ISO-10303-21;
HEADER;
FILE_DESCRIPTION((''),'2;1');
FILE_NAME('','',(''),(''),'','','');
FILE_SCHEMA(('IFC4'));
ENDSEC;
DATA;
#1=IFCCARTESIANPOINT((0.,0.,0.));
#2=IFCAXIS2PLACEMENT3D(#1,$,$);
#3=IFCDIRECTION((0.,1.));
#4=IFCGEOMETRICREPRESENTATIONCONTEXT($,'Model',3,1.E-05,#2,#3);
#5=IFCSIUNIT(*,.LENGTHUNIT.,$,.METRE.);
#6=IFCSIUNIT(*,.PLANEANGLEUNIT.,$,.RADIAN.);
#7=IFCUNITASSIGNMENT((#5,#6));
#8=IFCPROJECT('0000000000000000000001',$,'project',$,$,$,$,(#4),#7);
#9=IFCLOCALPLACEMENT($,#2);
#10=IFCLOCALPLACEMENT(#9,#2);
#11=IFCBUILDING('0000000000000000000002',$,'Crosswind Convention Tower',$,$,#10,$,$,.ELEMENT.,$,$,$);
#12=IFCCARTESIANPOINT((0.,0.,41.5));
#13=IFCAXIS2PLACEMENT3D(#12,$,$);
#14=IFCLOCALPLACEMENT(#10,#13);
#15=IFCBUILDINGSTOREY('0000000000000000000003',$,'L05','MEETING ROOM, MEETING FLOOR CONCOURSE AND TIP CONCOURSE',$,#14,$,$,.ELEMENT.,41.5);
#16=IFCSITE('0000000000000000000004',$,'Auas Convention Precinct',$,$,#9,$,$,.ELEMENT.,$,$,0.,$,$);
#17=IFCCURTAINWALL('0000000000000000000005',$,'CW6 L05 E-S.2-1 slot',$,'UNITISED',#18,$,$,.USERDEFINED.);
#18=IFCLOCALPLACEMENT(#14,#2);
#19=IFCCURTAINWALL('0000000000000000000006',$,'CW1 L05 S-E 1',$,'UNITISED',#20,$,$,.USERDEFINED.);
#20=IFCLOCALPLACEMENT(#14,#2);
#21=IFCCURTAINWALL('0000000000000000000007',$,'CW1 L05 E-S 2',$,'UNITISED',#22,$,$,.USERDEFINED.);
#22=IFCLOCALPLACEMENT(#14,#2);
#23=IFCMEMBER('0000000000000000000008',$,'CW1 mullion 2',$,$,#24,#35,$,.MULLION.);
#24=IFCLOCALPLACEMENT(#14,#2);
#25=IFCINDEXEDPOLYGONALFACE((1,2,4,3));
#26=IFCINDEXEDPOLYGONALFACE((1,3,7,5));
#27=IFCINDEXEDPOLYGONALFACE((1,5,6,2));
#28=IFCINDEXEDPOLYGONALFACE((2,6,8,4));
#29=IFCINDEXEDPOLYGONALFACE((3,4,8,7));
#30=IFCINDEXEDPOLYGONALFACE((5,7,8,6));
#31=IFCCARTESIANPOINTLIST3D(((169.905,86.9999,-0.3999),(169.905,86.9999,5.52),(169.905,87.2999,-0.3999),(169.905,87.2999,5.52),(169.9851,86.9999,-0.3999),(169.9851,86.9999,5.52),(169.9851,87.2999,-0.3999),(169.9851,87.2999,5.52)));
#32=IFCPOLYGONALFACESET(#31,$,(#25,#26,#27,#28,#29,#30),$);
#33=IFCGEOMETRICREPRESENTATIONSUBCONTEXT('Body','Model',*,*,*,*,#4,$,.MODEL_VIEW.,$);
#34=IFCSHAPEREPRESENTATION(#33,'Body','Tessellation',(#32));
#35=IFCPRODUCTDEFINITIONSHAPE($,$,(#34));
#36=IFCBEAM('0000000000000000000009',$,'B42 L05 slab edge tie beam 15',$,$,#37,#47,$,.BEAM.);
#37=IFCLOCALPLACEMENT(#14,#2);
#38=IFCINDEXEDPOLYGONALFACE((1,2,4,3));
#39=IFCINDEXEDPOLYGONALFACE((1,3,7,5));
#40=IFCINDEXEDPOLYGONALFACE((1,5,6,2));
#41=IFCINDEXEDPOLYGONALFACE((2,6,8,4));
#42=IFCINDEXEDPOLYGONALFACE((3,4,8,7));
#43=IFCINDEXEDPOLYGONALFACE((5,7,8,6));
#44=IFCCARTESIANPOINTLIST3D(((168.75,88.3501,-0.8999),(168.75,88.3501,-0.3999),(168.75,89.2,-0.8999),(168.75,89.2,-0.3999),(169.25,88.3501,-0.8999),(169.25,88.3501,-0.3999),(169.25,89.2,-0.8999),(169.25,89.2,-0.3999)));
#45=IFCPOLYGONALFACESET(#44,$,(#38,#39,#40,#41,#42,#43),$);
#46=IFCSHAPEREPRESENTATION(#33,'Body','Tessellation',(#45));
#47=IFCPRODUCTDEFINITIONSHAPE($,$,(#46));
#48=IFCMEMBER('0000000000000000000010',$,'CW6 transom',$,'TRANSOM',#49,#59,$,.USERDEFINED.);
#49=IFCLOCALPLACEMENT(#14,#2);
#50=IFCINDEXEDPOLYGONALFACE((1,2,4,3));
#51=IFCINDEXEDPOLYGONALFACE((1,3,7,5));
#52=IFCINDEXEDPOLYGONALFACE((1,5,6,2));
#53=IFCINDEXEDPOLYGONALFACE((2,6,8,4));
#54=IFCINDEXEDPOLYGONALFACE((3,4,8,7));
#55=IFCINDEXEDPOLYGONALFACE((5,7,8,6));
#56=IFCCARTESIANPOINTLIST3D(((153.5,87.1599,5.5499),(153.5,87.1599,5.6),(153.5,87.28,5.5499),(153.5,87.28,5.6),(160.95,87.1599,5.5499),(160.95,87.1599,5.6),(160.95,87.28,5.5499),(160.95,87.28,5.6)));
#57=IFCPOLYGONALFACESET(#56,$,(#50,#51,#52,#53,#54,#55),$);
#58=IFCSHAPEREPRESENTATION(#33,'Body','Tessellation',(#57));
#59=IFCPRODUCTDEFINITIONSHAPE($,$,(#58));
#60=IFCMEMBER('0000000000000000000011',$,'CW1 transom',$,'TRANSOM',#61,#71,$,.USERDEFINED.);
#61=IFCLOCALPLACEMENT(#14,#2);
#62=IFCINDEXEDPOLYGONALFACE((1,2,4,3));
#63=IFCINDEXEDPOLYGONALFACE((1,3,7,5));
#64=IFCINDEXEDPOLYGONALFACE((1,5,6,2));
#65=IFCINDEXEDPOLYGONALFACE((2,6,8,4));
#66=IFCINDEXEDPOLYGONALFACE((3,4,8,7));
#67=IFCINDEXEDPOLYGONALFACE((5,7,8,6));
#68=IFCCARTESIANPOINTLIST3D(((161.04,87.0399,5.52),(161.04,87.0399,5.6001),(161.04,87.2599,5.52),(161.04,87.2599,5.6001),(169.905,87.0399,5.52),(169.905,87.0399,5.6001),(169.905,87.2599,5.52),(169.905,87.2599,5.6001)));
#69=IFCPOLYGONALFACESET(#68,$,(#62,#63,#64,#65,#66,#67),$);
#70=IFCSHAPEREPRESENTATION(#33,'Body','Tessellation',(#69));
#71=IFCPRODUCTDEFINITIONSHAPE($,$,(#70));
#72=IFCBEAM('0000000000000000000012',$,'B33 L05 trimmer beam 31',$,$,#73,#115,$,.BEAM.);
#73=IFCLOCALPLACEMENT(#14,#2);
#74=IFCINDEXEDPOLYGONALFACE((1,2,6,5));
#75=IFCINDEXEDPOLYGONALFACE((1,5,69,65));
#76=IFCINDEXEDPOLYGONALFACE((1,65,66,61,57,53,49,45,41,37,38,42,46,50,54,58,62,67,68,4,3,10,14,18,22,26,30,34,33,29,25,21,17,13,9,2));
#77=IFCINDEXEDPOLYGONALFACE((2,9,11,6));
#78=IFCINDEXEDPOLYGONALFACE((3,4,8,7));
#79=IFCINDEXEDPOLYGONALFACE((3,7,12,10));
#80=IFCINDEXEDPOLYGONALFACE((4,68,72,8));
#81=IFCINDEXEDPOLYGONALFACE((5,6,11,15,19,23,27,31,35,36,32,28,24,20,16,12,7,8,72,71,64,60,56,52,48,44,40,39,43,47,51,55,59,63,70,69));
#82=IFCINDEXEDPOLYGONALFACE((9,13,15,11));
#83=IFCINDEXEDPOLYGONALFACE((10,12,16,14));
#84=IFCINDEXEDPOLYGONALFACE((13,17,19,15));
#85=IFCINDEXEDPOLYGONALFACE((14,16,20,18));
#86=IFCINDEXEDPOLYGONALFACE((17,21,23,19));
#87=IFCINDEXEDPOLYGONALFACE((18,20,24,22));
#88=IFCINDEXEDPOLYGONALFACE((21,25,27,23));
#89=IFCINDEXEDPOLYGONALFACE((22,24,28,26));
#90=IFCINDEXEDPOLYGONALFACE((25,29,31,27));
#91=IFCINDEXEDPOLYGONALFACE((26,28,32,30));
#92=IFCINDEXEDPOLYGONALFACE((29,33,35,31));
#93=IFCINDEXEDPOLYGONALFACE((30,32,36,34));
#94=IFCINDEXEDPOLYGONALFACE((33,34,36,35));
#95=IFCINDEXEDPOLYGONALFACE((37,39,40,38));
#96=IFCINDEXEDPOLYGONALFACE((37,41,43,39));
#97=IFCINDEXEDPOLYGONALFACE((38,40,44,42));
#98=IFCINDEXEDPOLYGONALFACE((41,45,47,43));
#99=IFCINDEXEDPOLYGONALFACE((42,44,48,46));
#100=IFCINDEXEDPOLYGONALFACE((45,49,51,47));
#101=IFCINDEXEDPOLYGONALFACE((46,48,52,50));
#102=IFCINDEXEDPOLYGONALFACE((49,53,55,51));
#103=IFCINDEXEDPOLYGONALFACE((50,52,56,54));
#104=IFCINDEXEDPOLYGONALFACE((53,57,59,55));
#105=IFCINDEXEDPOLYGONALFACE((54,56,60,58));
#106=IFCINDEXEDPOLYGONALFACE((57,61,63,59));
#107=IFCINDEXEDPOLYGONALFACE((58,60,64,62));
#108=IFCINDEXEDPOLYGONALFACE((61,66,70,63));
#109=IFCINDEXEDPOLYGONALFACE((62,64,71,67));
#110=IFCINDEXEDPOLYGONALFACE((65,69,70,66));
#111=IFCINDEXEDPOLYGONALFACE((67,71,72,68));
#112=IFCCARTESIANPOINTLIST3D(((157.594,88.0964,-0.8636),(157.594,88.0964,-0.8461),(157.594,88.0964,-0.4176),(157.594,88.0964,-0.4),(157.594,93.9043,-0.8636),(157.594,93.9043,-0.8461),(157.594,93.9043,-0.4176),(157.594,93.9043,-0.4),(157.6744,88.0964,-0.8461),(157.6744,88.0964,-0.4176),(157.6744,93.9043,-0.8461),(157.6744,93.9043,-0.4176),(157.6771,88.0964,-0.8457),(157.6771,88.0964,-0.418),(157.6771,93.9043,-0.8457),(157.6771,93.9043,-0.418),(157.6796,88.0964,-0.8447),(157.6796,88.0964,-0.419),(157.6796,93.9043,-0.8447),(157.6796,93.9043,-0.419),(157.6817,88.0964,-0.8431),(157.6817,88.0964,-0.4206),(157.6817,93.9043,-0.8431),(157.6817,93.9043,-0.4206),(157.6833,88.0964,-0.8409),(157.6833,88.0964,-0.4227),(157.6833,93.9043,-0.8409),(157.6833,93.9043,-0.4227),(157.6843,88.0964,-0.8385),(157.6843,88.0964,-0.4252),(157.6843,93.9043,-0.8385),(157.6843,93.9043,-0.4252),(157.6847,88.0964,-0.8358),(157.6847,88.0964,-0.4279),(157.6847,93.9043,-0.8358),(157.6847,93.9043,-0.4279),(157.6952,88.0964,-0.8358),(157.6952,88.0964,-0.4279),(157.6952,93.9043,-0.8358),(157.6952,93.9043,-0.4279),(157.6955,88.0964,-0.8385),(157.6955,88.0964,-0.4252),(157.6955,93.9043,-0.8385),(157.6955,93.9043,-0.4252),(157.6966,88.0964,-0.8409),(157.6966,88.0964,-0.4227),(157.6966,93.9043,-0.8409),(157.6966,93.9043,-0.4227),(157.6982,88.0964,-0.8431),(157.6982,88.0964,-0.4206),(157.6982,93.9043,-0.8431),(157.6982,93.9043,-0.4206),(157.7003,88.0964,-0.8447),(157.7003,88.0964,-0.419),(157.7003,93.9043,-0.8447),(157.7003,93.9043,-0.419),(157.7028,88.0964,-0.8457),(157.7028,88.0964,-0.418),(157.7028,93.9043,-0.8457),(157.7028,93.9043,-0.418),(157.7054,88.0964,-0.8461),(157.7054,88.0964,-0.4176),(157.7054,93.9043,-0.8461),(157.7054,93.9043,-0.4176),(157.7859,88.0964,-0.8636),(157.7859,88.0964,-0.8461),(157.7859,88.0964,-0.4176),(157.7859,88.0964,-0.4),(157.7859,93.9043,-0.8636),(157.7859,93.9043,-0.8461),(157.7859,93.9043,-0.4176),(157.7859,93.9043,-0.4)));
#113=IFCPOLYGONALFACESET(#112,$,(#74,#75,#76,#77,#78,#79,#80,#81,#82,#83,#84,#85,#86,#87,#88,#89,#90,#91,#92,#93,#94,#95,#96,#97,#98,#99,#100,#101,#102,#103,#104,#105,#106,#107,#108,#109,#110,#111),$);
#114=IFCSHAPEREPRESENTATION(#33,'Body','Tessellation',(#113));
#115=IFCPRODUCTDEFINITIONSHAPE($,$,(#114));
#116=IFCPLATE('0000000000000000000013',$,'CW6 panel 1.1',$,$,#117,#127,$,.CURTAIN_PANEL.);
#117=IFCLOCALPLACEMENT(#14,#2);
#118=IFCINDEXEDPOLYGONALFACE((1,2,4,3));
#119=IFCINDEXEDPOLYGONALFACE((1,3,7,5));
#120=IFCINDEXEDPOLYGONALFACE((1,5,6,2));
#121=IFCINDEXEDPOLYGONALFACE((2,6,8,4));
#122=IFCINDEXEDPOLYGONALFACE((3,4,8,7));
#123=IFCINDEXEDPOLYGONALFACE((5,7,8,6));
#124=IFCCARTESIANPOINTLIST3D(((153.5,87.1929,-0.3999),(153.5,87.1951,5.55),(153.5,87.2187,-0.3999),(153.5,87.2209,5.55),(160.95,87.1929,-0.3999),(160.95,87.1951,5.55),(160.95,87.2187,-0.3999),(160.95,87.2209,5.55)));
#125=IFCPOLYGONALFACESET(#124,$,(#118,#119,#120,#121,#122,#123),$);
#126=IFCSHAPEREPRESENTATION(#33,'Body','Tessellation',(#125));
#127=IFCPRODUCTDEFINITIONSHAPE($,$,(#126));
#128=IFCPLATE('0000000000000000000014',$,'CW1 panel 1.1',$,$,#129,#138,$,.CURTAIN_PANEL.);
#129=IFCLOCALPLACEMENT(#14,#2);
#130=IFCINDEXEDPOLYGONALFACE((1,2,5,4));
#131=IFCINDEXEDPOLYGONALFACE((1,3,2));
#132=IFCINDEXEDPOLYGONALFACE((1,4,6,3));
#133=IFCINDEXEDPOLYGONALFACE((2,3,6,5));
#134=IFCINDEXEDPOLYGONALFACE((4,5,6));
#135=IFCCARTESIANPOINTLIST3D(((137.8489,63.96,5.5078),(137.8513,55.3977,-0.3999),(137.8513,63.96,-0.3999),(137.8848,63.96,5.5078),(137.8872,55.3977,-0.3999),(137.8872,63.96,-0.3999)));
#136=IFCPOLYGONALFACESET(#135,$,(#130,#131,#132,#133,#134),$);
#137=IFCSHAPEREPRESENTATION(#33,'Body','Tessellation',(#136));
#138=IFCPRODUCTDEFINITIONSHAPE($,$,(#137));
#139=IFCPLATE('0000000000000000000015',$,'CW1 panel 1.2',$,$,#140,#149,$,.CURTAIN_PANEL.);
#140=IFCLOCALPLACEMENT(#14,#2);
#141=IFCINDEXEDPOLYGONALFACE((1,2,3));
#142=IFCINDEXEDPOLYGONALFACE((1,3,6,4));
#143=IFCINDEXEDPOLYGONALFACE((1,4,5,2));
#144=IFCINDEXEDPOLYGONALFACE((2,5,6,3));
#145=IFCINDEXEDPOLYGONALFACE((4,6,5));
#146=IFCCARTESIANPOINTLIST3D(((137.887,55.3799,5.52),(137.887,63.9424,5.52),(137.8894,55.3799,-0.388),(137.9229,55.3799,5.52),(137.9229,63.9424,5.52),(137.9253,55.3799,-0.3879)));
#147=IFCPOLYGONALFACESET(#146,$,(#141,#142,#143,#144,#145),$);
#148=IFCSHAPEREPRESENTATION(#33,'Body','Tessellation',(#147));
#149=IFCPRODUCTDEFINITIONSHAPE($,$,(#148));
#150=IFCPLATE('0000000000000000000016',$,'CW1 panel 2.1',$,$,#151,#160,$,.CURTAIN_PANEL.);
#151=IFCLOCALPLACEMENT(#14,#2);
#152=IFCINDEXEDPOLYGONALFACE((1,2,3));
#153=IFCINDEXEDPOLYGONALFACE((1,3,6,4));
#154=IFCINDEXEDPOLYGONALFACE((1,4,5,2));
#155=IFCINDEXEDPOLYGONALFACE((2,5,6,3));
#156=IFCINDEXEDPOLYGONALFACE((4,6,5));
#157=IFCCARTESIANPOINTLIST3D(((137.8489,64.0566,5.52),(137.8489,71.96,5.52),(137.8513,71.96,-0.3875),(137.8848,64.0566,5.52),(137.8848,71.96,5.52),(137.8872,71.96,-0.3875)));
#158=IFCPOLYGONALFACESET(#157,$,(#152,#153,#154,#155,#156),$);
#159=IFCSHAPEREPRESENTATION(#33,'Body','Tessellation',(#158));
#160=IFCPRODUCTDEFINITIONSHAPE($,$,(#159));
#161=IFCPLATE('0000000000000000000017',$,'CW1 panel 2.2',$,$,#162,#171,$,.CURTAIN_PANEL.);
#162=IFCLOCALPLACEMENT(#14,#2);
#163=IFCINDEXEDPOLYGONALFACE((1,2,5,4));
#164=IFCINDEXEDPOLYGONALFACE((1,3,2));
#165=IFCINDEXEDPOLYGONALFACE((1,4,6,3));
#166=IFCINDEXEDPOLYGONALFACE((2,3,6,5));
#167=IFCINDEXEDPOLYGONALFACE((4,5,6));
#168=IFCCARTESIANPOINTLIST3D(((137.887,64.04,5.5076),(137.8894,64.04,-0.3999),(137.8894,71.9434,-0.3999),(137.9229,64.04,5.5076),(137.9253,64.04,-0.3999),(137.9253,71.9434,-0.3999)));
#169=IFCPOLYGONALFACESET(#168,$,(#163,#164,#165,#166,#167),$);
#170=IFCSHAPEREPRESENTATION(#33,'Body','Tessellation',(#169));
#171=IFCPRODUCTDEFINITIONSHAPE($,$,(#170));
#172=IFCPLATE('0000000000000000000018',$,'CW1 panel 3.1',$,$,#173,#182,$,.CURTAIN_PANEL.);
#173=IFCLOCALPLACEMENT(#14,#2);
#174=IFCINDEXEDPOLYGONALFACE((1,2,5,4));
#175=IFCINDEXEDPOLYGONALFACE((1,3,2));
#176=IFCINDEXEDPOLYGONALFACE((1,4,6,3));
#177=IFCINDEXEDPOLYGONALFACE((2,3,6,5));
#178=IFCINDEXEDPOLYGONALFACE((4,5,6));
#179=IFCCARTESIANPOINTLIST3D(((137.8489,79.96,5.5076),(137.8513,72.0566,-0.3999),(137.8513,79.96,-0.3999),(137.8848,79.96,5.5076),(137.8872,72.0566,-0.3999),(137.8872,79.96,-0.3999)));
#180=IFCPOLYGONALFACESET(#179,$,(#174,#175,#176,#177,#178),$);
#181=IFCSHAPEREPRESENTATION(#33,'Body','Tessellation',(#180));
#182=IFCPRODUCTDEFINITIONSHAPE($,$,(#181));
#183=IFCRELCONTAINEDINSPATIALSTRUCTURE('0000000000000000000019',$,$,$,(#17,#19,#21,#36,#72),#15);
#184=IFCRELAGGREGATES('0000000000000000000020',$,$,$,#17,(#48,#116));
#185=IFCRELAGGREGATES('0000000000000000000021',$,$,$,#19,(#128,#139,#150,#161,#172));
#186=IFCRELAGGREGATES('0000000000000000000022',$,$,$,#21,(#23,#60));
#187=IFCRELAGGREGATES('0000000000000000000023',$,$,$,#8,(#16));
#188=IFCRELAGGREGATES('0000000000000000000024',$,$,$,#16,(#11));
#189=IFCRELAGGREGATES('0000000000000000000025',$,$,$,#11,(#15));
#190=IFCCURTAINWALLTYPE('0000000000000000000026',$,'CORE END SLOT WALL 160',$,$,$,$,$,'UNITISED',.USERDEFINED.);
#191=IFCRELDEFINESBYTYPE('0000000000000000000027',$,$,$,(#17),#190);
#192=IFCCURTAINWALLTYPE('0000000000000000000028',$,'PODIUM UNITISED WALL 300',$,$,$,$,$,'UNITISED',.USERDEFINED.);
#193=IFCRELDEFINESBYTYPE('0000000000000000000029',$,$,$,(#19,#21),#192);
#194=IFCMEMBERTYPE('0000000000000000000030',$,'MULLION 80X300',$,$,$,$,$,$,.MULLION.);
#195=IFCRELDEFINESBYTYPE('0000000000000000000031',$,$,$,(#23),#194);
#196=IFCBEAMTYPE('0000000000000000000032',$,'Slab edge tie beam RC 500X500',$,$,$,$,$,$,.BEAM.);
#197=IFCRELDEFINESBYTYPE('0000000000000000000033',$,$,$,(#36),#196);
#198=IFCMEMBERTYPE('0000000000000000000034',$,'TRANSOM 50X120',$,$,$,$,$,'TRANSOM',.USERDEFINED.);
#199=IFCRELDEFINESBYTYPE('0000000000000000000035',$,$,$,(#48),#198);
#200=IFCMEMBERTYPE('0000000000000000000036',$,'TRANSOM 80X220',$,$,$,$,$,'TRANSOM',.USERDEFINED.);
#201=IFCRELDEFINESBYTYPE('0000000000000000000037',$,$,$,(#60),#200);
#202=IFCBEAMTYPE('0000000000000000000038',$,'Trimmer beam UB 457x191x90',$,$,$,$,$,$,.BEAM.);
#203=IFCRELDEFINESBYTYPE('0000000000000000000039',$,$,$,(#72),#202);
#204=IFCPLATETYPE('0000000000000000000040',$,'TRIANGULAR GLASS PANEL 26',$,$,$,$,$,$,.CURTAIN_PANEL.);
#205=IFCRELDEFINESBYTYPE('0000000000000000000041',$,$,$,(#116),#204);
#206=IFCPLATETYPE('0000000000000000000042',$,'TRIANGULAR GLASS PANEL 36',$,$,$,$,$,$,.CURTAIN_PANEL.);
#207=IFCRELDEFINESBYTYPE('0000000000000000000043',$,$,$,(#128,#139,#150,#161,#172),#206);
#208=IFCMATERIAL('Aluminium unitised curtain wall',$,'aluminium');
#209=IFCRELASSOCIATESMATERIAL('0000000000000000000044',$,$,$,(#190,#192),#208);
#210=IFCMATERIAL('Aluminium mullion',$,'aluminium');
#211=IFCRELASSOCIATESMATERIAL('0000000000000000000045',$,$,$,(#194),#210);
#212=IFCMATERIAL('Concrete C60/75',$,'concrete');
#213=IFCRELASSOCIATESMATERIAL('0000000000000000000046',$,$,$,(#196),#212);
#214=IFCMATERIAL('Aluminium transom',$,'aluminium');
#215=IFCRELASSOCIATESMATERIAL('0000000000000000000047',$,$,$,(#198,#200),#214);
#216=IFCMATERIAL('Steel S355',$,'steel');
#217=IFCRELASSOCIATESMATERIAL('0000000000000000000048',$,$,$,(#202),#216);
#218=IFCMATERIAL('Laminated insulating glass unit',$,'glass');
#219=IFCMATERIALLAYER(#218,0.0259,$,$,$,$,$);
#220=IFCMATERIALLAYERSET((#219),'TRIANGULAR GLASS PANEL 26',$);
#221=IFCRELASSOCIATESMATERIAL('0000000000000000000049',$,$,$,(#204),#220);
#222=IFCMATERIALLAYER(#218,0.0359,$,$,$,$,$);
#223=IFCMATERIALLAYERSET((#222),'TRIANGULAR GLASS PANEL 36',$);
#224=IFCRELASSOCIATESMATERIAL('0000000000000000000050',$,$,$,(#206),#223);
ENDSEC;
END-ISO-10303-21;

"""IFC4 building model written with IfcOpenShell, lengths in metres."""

from ifc_helpers import new_model, si_unit, direction, frame, origin, origin_2d, place, context, subcontext, project, spatial, polyline, rectangle, i_section, outline, extrude, material, layer, layer_set, material_profile, profile_set, type_object, element, aggregate, save


model = new_model("IFC4")

# Units and contexts
model_context = context("Model", 3, precision=1e-05, world=origin(), true_north=direction((0.0, 1.0)))
body_context = subcontext(model_context, "Body", "Model", "MODEL_VIEW")
ifc_project = project(units=[si_unit("LENGTHUNIT", "METRE"), si_unit("PLANEANGLEUNIT", "RADIAN")], contexts=[model_context])

# Site, building, storey
site_placement = place(None, origin())
site = spatial("IfcSite", under=ifc_project, at=site_placement, Name="Auas Convention Precinct", CompositionType="ELEMENT", RefElevation=0.0)
building_placement = place(site_placement, origin())
building = spatial("IfcBuilding", under=site, at=building_placement, Name="Crosswind Convention Tower", CompositionType="ELEMENT")
storey_placement = place(building_placement, frame((0.0, 0.0, 41.5)))
storey = spatial("IfcBuildingStorey", under=building, at=storey_placement, Name="L05", Description="MEETING ROOM, MEETING FLOOR CONCOURSE AND TIP CONCOURSE", CompositionType="ELEMENT", Elevation=41.5)

# Shared definitions
ifc_material_1 = material(Name="Concrete C60/75", Category="concrete")

# Shared definitions
ifc_material_2 = material(Name="Steel S355", Category="steel")

# Curtain walls, member
ifc_material_3 = material(Name="Aluminium unitised curtain wall", Category="aluminium")
curtain_wall_type_1 = type_object("IfcCurtainWallType", Name="CORE END SLOT WALL 160", ElementType="UNITISED", PredefinedType="USERDEFINED", material=ifc_material_3)
curtain_wall_1_placement = place(storey_placement, origin())
curtain_wall_1 = element("IfcCurtainWall", 1, at=curtain_wall_1_placement, inside=storey, type_object=curtain_wall_type_1, Name="CW6 L05 E-S.2-1 slot", ObjectType="UNITISED", PredefinedType="USERDEFINED")
ifc_material_4 = material(Name="Aluminium mullion", Category="aluminium")
curtain_wall_type_2 = type_object("IfcCurtainWallType", Name="PODIUM UNITISED WALL 300", ElementType="UNITISED", PredefinedType="USERDEFINED", material=ifc_material_3)
curtain_wall_2_placement = place(storey_placement, origin())
curtain_wall_2 = element("IfcCurtainWall", 2, at=curtain_wall_2_placement, inside=storey, type_object=curtain_wall_type_2, Name="CW1 L05 S-E 1", ObjectType="UNITISED", PredefinedType="USERDEFINED")
ifc_material_profile_1 = material_profile(ifc_material_4, rectangle(XDim=0.3, YDim=0.0801, at=origin_2d()), Name="AL 300X80")
ifc_profile_set_1 = profile_set([ifc_material_profile_1], Name="Aluminium mullion")
member_type_1 = type_object("IfcMemberType", Name="MULLION 80X300", PredefinedType="MULLION", material=ifc_profile_set_1)
curtain_wall_3_placement = place(storey_placement, origin())
curtain_wall_3 = element("IfcCurtainWall", 3, at=curtain_wall_3_placement, inside=storey, type_object=curtain_wall_type_2, Name="CW1 L05 E-S 2", ObjectType="UNITISED", PredefinedType="USERDEFINED")
member_1_placement = place(storey_placement, frame((169.9451, 87.1499, -0.3999), z_axis=(0.0, 0.0, 1.0), x_axis=(0.0, -1.0, 0.0)))
member_1 = element("IfcMember", 4, at=member_1_placement, type_object=member_type_1, Name="CW1 mullion 2", PredefinedType="MULLION", context=body_context, shape_type="SweptSolid", body=[
    extrude(rectangle(XDim=0.3, YDim=0.0801, at=origin_2d()), origin(), (0.0, 0.0, 1.0), 5.9199),
])

# Beam
ifc_material_profile_2 = material_profile(ifc_material_1, rectangle(XDim=0.5, YDim=0.5, at=origin_2d()), Name="RC 500X500")
ifc_profile_set_2 = profile_set([ifc_material_profile_2], Name="Concrete C60/75")
beam_type_1 = type_object("IfcBeamType", Name="Slab edge tie beam RC 500X500", PredefinedType="BEAM", material=ifc_profile_set_2)
beam_1_placement = place(storey_placement, frame((169.0, 88.3501, -0.6499), z_axis=(0.0, 1.0, 0.0), x_axis=(-1.0, 0.0, 0.0)))
element("IfcBeam", 5, at=beam_1_placement, inside=storey, type_object=beam_type_1, Name="B42 L05 slab edge tie beam 15", PredefinedType="BEAM", context=body_context, shape_type="SweptSolid", body=[
    extrude(rectangle(XDim=0.5, YDim=0.5, at=origin_2d()), origin(), (0.0, 0.0, 1.0), 0.8499),
])

# Members
ifc_material_5 = material(Name="Aluminium transom", Category="aluminium")
ifc_material_profile_3 = material_profile(ifc_material_5, rectangle(XDim=0.1201, YDim=0.05, at=origin_2d()), Name="AL 120X50")
ifc_profile_set_3 = profile_set([ifc_material_profile_3], Name="Aluminium transom")
member_type_2 = type_object("IfcMemberType", Name="TRANSOM 50X120", ElementType="TRANSOM", PredefinedType="USERDEFINED", material=ifc_profile_set_3)
member_2_placement = place(storey_placement, frame((153.5, 87.22, 5.575), z_axis=(1.0, 0.0, 0.0), x_axis=(0.0, 1.0, 0.0)))
member_2 = element("IfcMember", 6, at=member_2_placement, type_object=member_type_2, Name="CW6 transom", ObjectType="TRANSOM", PredefinedType="USERDEFINED", context=body_context, shape_type="SweptSolid", body=[
    extrude(rectangle(XDim=0.1201, YDim=0.05, at=origin_2d()), origin(), (0.0, 0.0, 1.0), 7.45),
])
ifc_material_profile_4 = material_profile(ifc_material_5, rectangle(XDim=0.22, YDim=0.0801, at=origin_2d()), Name="AL 220X80")
ifc_profile_set_4 = profile_set([ifc_material_profile_4], Name="Aluminium transom")
member_type_3 = type_object("IfcMemberType", Name="TRANSOM 80X220", ElementType="TRANSOM", PredefinedType="USERDEFINED", material=ifc_profile_set_4)
member_3_placement = place(storey_placement, frame((161.04, 87.1499, 5.5601), z_axis=(1.0, 0.0, 0.0), x_axis=(0.0, 1.0, 0.0)))
member_3 = element("IfcMember", 7, at=member_3_placement, type_object=member_type_3, Name="CW1 transom", ObjectType="TRANSOM", PredefinedType="USERDEFINED", context=body_context, shape_type="SweptSolid", body=[
    extrude(rectangle(XDim=0.22, YDim=0.0801, at=origin_2d()), origin(), (0.0, 0.0, 1.0), 8.865),
])

# Beam
ifc_material_profile_5 = material_profile(ifc_material_2, i_section(OverallWidth=0.1919, OverallDepth=0.4636, WebThickness=0.0105, FlangeThickness=0.0176, FilletRadius=0.0103, at=origin_2d()), Name="UB 457x191x90")
ifc_profile_set_5 = profile_set([ifc_material_profile_5], Name="Steel S355")
beam_type_2 = type_object("IfcBeamType", Name="Trimmer beam UB 457x191x90", PredefinedType="BEAM", material=ifc_profile_set_5)
beam_2_placement = place(storey_placement, frame((157.6899, 88.0964, -0.6318), z_axis=(0.0, 1.0, 0.0), x_axis=(-1.0, 0.0, 0.0)))
element("IfcBeam", 8, at=beam_2_placement, inside=storey, type_object=beam_type_2, Name="B33 L05 trimmer beam 31", PredefinedType="BEAM", context=body_context, shape_type="SweptSolid", body=[
    extrude(i_section(OverallWidth=0.1919, OverallDepth=0.4636, WebThickness=0.0105, FlangeThickness=0.0176, FilletRadius=0.0103, at=origin_2d()), origin(), (0.0, 0.0, 1.0), 5.8079),
])

# Plates
ifc_material_6 = material(Name="Laminated insulating glass unit", Category="glass")
ifc_layer_1 = layer(ifc_material_6, 0.0259)
ifc_layer_set_1 = layer_set([ifc_layer_1], Name="TRIANGULAR GLASS PANEL 26")
plate_type_1 = type_object("IfcPlateType", Name="TRIANGULAR GLASS PANEL 26", PredefinedType="CURTAIN_PANEL", material=ifc_layer_set_1)
plate_1_placement = place(storey_placement, frame((153.5, 87.1929, -0.3999), z_axis=(0.0, -1.0, 0.000369), x_axis=(1.0, 0.0, 0.0)))
plate_1 = element("IfcPlate", 9, at=plate_1_placement, type_object=plate_type_1, Name="CW6 panel 1.1", PredefinedType="CURTAIN_PANEL", context=body_context, shape_type="SweptSolid", body=[
    extrude(outline(polyline([(0.0, 0.0), (7.45, 0.0), (7.45, 5.95), (0.0, 5.95), (0.0, 0.0)])), origin(), (0.0, 0.0, -1.0), 0.0259),
])
aggregate(curtain_wall_1, [member_2, plate_1])
ifc_layer_2 = layer(ifc_material_6, 0.0359)
ifc_layer_set_2 = layer_set([ifc_layer_2], Name="TRIANGULAR GLASS PANEL 36")
plate_type_2 = type_object("IfcPlateType", Name="TRIANGULAR GLASS PANEL 36", PredefinedType="CURTAIN_PANEL", material=ifc_layer_set_2)
plate_2_placement = place(storey_placement, frame((137.8872, 63.96, -0.3999), z_axis=(1.0, 0.0, 0.000413), x_axis=(-0.000413, 0.0, 1.0)))
plate_2 = element("IfcPlate", 10, at=plate_2_placement, type_object=plate_type_2, Name="CW1 panel 1.1", PredefinedType="CURTAIN_PANEL", context=body_context, shape_type="SweptSolid", body=[
    extrude(outline(polyline([(0.0, 0.0), (5.9077, 0.0), (0.0, 8.5623), (0.0, 0.0)])), origin(), (0.0, 0.0, -1.0), 0.0359),
])
plate_3_placement = place(storey_placement, frame((137.9229, 55.3799, 5.52), z_axis=(1.0, 0.0, 0.000413), x_axis=(0.000413, 0.0, -1.0)))
plate_3 = element("IfcPlate", 11, at=plate_3_placement, type_object=plate_type_2, Name="CW1 panel 1.2", PredefinedType="CURTAIN_PANEL", context=body_context, shape_type="SweptSolid", body=[
    extrude(outline(polyline([(0.0, 0.0), (5.908, 0.0), (0.0, 8.5625), (0.0, 0.0)])), origin(), (0.0, 0.0, -1.0), 0.0359),
])
plate_4_placement = place(storey_placement, frame((137.8848, 71.96, 5.52), z_axis=(1.0, 0.0, 0.000413), x_axis=(0.0, -1.0, 0.0)))
plate_4 = element("IfcPlate", 12, at=plate_4_placement, type_object=plate_type_2, Name="CW1 panel 2.1", PredefinedType="CURTAIN_PANEL", context=body_context, shape_type="SweptSolid", body=[
    extrude(outline(polyline([(0.0, 0.0), (7.9033, 0.0), (0.0, 5.9075), (0.0, 0.0)])), origin(), (0.0, 0.0, -1.0), 0.0359),
])
plate_5_placement = place(storey_placement, frame((137.9253, 64.04, -0.3999), z_axis=(1.0, 0.0, 0.000413), x_axis=(0.0, 1.0, 0.0)))
plate_5 = element("IfcPlate", 13, at=plate_5_placement, type_object=plate_type_2, Name="CW1 panel 2.2", PredefinedType="CURTAIN_PANEL", context=body_context, shape_type="SweptSolid", body=[
    extrude(outline(polyline([(0.0, 0.0), (7.9033, 0.0), (0.0, 5.9075), (0.0, 0.0)])), origin(), (0.0, 0.0, -1.0), 0.0359),
])
plate_6_placement = place(storey_placement, frame((137.8872, 79.96, -0.3999), z_axis=(1.0, 0.0, 0.000413), x_axis=(-0.000413, 0.0, 1.0)))
plate_6 = element("IfcPlate", 14, at=plate_6_placement, type_object=plate_type_2, Name="CW1 panel 3.1", PredefinedType="CURTAIN_PANEL", context=body_context, shape_type="SweptSolid", body=[
    extrude(outline(polyline([(0.0, 0.0), (5.9075, 0.0), (0.0, 7.9033), (0.0, 0.0)])), origin(), (0.0, 0.0, -1.0), 0.0359),
])

aggregate(curtain_wall_2, [plate_2, plate_3, plate_4, plate_5, plate_6])
aggregate(curtain_wall_3, [member_1, member_3])

save(model, "model.ifc")
